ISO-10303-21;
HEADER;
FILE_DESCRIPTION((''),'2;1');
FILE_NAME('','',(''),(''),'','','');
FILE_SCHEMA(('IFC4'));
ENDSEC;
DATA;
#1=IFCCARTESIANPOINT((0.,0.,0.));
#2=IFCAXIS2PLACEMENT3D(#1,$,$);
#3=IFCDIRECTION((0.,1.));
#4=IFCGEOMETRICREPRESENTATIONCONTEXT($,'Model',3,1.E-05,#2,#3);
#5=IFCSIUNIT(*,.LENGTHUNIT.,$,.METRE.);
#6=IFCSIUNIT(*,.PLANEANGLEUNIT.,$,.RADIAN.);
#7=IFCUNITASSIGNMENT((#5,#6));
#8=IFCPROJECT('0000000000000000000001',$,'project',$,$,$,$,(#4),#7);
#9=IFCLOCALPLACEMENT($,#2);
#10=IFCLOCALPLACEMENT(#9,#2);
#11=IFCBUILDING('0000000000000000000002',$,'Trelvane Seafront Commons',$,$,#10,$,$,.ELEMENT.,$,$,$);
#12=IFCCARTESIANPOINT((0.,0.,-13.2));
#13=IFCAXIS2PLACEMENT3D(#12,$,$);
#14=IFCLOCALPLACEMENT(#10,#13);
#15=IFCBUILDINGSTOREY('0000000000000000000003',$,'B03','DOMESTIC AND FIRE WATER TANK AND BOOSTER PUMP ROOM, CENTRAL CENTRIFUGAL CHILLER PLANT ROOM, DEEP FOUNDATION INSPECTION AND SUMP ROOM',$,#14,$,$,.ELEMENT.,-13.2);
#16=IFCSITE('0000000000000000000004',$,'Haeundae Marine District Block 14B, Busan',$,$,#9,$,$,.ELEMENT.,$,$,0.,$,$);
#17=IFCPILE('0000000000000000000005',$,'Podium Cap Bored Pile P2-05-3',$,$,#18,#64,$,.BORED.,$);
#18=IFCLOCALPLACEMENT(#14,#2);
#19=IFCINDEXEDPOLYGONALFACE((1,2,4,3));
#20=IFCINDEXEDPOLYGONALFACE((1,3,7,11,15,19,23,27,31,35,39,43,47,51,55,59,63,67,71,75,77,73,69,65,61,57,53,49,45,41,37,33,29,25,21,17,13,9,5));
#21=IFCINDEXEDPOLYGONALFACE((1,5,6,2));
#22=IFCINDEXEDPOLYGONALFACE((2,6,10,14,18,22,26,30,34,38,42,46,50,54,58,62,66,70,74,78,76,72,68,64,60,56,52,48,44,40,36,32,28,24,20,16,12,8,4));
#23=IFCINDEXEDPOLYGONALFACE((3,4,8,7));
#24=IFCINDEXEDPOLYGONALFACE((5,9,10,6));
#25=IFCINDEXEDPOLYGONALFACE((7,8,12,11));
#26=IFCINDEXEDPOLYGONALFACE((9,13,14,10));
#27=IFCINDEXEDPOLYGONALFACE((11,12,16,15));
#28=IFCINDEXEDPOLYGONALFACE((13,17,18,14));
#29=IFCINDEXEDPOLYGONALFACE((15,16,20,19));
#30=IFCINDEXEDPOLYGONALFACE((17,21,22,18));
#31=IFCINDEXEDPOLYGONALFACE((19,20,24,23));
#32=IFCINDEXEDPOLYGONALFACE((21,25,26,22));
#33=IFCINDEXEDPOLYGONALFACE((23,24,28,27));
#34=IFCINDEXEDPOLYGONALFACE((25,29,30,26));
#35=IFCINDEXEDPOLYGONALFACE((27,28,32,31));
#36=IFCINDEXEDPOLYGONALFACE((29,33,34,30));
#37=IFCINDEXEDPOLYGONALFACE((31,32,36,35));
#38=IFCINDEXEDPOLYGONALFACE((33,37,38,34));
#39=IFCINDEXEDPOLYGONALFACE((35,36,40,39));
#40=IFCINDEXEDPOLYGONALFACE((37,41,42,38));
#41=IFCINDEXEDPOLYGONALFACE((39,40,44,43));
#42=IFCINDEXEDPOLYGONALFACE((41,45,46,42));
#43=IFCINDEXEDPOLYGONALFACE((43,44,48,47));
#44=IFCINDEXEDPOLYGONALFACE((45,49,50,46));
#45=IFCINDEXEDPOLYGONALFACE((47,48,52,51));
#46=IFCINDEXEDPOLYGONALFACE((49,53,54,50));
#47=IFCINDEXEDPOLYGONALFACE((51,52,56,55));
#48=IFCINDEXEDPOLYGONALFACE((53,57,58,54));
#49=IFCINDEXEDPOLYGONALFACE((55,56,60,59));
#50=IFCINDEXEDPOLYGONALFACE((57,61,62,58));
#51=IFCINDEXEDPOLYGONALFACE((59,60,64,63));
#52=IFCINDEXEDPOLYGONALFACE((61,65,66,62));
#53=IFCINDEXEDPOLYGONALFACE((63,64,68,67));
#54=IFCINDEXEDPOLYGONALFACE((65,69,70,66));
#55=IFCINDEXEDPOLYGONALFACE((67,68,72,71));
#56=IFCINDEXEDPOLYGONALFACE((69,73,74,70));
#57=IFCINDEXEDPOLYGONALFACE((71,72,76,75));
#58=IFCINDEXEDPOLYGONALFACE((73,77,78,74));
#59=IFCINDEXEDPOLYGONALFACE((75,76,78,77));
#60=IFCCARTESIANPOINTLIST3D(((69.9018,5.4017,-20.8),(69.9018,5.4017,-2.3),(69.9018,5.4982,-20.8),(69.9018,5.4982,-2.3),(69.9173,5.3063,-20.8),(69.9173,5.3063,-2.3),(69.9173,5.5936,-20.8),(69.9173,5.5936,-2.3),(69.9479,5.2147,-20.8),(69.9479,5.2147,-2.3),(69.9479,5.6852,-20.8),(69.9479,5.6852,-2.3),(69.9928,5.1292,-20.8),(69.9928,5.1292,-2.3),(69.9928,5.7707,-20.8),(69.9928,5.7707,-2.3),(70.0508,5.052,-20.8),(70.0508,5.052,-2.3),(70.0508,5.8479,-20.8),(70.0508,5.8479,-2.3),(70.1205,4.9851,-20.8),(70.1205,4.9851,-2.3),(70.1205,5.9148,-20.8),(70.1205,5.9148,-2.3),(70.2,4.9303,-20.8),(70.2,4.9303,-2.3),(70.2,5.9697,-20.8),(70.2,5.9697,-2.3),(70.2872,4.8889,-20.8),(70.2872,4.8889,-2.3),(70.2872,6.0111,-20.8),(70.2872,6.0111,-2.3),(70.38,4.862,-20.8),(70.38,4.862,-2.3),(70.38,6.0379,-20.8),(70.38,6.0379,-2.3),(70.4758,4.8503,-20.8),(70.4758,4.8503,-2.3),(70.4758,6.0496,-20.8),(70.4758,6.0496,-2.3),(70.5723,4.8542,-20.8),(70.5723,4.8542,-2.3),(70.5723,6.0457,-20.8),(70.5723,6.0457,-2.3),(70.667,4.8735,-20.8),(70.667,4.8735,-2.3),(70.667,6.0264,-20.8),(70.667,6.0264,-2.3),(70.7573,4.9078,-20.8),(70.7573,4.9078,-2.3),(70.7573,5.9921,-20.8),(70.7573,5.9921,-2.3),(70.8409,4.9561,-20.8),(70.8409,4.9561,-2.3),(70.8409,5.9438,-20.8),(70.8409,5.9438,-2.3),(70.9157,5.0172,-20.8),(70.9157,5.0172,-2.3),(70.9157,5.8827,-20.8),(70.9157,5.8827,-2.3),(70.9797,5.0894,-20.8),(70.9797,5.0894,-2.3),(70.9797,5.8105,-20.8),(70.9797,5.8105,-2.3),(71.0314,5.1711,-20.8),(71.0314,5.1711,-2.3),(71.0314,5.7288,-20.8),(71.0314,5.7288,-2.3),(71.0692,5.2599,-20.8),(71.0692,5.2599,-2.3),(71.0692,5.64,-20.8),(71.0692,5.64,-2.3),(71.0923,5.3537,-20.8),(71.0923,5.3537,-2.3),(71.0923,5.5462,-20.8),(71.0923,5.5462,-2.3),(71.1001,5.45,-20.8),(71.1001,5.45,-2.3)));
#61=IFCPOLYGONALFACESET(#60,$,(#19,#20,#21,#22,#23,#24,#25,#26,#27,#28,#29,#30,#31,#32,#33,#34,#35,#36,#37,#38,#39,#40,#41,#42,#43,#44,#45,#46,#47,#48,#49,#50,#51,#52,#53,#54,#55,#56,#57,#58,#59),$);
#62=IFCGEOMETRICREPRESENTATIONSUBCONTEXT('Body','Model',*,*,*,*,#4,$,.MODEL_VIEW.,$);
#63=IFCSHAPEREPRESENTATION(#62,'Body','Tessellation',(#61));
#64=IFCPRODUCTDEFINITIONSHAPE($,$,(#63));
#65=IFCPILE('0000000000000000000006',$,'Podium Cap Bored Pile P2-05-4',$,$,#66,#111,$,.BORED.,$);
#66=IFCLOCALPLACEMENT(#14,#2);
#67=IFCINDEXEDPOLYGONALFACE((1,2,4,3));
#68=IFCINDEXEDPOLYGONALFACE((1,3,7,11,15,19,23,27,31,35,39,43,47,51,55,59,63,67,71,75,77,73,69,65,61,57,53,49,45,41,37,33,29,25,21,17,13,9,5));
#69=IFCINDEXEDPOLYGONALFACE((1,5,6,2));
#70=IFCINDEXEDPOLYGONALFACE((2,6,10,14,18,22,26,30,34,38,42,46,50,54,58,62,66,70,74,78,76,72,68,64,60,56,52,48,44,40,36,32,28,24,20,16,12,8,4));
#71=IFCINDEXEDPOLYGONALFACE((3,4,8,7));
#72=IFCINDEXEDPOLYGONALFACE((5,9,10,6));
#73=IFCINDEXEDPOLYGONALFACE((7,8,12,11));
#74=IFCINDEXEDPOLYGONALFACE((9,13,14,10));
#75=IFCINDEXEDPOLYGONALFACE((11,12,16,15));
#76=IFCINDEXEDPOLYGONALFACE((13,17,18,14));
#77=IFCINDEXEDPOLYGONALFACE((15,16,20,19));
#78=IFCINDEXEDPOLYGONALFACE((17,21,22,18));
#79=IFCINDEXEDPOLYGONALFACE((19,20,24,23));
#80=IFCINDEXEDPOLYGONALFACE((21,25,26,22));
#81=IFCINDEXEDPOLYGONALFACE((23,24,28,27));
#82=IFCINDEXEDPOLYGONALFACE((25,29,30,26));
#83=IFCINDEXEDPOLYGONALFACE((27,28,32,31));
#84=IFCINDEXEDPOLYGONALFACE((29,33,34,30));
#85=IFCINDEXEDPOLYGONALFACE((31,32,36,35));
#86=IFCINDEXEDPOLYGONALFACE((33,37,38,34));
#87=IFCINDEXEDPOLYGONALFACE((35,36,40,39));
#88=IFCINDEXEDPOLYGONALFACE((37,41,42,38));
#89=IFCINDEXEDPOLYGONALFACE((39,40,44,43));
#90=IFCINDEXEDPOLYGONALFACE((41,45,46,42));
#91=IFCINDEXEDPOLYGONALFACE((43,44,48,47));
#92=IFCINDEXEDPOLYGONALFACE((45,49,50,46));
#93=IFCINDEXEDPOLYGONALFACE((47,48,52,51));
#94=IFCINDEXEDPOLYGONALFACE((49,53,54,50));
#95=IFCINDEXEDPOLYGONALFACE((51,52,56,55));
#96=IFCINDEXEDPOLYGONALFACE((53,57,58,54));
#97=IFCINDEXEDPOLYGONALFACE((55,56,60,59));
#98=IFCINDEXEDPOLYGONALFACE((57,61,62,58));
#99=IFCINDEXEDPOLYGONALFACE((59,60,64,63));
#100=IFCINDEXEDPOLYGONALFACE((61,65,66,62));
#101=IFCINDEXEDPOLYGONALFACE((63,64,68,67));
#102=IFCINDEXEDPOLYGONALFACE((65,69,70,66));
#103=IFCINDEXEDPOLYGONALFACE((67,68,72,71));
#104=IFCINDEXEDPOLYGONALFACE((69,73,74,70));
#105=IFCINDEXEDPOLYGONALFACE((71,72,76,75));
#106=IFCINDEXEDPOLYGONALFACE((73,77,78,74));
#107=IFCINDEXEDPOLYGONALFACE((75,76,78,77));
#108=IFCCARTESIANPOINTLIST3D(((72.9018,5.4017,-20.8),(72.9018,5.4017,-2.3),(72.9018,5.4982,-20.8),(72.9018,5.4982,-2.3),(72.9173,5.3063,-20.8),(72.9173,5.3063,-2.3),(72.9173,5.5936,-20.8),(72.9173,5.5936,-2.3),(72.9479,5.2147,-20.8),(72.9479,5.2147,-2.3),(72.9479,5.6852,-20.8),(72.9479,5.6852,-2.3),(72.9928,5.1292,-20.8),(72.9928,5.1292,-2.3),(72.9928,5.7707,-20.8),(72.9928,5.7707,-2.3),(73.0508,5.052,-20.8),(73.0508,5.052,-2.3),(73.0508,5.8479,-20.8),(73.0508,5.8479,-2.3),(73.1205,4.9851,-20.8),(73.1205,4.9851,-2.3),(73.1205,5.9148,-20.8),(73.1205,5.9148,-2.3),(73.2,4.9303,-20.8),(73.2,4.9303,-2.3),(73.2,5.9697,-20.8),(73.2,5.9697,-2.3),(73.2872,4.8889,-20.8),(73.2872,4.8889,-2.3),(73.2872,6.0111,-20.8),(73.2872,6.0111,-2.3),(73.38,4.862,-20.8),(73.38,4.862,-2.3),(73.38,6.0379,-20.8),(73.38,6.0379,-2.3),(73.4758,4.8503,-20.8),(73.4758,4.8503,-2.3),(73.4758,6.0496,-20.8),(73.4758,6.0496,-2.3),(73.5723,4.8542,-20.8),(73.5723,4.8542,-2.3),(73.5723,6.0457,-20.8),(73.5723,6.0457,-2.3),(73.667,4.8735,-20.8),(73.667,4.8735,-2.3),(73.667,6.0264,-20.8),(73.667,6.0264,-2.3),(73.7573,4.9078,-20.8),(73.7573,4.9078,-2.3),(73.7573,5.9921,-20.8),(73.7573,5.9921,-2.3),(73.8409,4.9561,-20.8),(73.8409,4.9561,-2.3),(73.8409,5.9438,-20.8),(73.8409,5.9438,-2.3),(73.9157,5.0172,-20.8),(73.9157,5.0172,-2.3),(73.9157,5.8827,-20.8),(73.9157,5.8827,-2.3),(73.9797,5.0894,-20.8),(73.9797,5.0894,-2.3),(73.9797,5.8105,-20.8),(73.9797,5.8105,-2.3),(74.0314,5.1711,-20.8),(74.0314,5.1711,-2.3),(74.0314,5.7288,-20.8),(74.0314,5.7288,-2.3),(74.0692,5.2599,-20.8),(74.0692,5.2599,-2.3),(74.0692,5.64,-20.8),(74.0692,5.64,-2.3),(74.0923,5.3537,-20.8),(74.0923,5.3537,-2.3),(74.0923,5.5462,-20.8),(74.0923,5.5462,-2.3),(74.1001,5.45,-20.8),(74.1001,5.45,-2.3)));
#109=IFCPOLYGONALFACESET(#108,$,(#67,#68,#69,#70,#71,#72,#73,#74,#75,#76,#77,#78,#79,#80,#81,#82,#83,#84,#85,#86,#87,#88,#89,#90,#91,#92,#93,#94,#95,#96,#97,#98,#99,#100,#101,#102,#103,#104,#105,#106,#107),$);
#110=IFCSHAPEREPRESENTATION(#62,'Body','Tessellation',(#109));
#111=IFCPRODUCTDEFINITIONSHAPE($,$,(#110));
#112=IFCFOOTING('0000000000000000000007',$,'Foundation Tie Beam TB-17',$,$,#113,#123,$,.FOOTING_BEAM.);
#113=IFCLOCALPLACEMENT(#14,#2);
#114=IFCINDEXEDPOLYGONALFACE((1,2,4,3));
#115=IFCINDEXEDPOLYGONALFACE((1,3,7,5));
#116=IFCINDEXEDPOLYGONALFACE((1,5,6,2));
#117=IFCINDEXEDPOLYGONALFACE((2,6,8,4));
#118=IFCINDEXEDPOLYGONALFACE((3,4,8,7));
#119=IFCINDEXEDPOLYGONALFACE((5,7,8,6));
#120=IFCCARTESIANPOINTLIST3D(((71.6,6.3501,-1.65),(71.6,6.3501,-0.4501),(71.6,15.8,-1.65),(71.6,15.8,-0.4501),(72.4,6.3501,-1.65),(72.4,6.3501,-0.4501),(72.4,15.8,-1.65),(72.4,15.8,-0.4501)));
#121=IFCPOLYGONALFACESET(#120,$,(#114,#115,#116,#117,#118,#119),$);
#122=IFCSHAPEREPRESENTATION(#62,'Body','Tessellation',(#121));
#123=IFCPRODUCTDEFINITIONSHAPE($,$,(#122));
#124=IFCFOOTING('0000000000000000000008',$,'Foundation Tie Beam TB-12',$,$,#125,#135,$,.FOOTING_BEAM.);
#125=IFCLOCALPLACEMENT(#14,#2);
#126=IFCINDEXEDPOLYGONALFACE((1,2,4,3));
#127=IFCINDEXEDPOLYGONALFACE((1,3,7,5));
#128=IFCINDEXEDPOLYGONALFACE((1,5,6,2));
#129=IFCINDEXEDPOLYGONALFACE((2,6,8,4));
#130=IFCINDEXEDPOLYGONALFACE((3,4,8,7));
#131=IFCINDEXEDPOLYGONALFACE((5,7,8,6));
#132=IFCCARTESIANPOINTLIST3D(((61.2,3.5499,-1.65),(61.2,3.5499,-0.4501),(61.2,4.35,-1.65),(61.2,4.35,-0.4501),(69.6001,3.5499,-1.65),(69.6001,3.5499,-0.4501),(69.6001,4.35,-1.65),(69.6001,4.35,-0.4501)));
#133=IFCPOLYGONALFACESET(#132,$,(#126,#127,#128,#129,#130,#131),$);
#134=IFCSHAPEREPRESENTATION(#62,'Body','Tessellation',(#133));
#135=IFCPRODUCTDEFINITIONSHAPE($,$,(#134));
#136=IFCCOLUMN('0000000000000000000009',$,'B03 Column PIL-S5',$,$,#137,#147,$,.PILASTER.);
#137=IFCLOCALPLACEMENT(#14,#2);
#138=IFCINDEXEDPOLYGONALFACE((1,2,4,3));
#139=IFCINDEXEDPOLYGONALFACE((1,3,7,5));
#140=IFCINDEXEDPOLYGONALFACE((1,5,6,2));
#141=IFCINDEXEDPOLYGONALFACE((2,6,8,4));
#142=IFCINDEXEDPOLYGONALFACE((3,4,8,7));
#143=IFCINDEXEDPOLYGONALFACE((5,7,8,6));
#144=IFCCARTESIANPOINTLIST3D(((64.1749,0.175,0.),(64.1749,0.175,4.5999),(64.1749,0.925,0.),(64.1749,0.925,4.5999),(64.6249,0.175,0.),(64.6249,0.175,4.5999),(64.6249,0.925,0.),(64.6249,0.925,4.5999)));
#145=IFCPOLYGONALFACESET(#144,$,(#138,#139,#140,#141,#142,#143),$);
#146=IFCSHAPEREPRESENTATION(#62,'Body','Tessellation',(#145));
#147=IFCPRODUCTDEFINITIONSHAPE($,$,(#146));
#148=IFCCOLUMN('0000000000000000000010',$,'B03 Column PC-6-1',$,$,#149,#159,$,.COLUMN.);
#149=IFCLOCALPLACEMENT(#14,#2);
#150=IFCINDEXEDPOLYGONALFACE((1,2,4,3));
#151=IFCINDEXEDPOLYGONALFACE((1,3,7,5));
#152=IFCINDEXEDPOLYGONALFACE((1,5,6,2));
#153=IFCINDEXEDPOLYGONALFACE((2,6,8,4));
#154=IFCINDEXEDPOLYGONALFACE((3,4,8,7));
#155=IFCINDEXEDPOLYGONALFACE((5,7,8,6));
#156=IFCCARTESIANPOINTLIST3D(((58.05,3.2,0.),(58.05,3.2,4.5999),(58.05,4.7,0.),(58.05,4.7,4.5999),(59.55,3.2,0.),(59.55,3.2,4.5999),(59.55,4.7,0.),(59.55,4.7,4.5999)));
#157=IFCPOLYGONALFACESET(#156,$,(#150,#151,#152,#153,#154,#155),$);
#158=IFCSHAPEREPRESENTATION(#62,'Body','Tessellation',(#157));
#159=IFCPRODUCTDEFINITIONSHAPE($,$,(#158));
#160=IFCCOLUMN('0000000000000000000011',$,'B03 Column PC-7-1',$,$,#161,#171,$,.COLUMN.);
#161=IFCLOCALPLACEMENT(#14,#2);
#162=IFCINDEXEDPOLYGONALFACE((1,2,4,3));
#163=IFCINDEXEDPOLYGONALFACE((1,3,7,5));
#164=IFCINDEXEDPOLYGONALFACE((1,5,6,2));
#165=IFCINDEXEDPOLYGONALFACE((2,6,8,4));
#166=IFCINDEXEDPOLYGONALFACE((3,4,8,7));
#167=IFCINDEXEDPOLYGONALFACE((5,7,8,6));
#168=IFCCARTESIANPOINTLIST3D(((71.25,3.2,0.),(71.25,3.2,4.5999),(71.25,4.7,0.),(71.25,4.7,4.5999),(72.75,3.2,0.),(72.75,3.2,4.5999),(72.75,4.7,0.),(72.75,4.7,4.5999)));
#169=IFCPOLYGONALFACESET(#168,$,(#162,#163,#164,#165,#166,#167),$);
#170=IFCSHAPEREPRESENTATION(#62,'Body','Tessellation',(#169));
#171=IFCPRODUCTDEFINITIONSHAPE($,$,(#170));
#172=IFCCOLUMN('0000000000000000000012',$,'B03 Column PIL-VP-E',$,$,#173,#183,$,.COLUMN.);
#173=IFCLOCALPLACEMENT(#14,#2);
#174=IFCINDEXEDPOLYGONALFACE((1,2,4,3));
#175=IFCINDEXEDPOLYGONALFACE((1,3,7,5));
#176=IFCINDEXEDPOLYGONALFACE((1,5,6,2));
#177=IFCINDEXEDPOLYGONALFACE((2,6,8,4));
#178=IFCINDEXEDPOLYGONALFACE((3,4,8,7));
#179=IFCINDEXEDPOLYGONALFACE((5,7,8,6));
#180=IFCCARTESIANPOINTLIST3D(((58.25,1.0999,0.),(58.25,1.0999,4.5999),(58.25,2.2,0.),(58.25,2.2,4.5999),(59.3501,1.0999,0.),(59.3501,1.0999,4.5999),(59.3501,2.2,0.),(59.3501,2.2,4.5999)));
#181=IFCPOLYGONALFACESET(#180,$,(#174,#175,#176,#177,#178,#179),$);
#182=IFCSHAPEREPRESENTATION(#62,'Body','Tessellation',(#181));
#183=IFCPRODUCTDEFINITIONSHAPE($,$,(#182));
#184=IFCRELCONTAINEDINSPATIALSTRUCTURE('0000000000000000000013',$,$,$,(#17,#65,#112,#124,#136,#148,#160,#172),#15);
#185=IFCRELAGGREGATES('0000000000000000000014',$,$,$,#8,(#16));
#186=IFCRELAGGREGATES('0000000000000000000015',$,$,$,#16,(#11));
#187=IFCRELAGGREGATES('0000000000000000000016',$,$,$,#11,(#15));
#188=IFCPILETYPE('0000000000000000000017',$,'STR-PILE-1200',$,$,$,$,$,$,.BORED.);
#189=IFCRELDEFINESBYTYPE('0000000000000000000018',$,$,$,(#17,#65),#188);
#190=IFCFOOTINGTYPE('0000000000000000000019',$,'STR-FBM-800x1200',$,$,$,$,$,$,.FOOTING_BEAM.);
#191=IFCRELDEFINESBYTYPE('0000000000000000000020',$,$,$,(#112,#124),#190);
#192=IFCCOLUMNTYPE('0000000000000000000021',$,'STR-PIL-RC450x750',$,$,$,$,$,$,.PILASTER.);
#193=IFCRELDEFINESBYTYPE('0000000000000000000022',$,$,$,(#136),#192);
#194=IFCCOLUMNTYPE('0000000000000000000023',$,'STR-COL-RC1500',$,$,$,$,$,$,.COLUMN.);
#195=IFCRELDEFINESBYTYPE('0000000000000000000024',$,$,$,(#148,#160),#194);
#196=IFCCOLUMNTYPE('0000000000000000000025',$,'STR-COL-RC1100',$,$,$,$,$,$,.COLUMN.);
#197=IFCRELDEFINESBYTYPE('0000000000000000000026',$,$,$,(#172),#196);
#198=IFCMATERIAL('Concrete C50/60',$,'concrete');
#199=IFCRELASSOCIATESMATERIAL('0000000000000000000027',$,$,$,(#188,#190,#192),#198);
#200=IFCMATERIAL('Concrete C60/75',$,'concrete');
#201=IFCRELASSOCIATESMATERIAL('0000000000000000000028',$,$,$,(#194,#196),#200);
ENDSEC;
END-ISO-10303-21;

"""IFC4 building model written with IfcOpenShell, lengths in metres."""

from ifc_helpers import new_model, si_unit, direction, frame, origin, origin_2d, place, context, subcontext, project, spatial, rectangle, circle, extrude, source, transform, mapped, material, material_profile, profile_set, type_object, element, save


model = new_model("IFC4")

# Units and contexts
model_context = context("Model", 3, precision=1e-05, world=origin(), true_north=direction((0.0, 1.0)))
body_context = subcontext(model_context, "Body", "Model", "MODEL_VIEW")
ifc_project = project(units=[si_unit("LENGTHUNIT", "METRE"), si_unit("PLANEANGLEUNIT", "RADIAN")], contexts=[model_context])

# Site, building, storey
site_placement = place(None, origin())
site = spatial("IfcSite", under=ifc_project, at=site_placement, Name="Haeundae Marine District Block 14B, Busan", CompositionType="ELEMENT", RefElevation=0.0)
building_placement = place(site_placement, origin())
building = spatial("IfcBuilding", under=site, at=building_placement, Name="Trelvane Seafront Commons", CompositionType="ELEMENT")
storey_placement = place(building_placement, frame((0.0, 0.0, -13.2)))
storey = spatial("IfcBuildingStorey", under=building, at=storey_placement, Name="B03", Description="DOMESTIC AND FIRE WATER TANK AND BOOSTER PUMP ROOM, CENTRAL CENTRIFUGAL CHILLER PLANT ROOM, DEEP FOUNDATION INSPECTION AND SUMP ROOM", CompositionType="ELEMENT", Elevation=-13.2)

# Piles
ifc_material_1 = material(Name="Concrete C50/60", Category="concrete")
ifc_material_profile_1 = material_profile(ifc_material_1, circle(Radius=0.6001, at=origin_2d()), Name="PILE-1200")
ifc_profile_set_1 = profile_set([ifc_material_profile_1], Name="Concrete C50/60")
pile_type_1 = type_object("IfcPileType", Name="STR-PILE-1200", PredefinedType="BORED", material=ifc_profile_set_1)
shared_shape_1 = source(origin(), body_context, "Body", "SweptSolid", [
    extrude(circle(Radius=0.6001, at=origin_2d()), origin(), (0.0, 0.0, 1.0), 18.5),
])
for number, where, z_axis, x_axis, name in (
    (1, (70.5, 5.45, -2.3), (0.0, 0.0, -1.0), (1.0, 0.0, 0.0), "Podium Cap Bored Pile P2-05-3"),
    (2, (73.5, 5.45, -2.3), (0.0, 0.0, -1.0), (1.0, 0.0, 0.0), "Podium Cap Bored Pile P2-05-4"),
):
    element("IfcPile", number, at=place(storey_placement, frame(where, z_axis=z_axis, x_axis=x_axis)), inside=storey, type_object=pile_type_1, Name=name, PredefinedType="BORED", context=body_context, shape_type="MappedRepresentation", body=[
        mapped(shared_shape_1, transform((0.0, 0.0, 0.0), x_axis=(1.0, 0.0, 0.0), y_axis=(0.0, 1.0, 0.0), z_axis=(0.0, 0.0, 1.0), scale=1.0)),
    ])

# Footings
ifc_material_profile_2 = material_profile(ifc_material_1, rectangle(XDim=0.8, YDim=1.2, at=origin_2d()), Name="TB-800x1200")
ifc_profile_set_2 = profile_set([ifc_material_profile_2], Name="Concrete C50/60")
footing_type = type_object("IfcFootingType", Name="STR-FBM-800x1200", PredefinedType="FOOTING_BEAM", material=ifc_profile_set_2)
shared_shape_2 = source(origin(), body_context, "Body", "SweptSolid", [
    extrude(rectangle(XDim=0.8, YDim=1.2, at=origin_2d()), origin(), (0.0, 0.0, 1.0), 9.45),
])
footing_1_placement = place(storey_placement, frame((72.0, 6.3501, -1.05), z_axis=(0.0, 1.0, 0.0), x_axis=(-1.0, 0.0, 0.0)))
element("IfcFooting", 3, at=footing_1_placement, inside=storey, type_object=footing_type, Name="Foundation Tie Beam TB-17", PredefinedType="FOOTING_BEAM", context=body_context, shape_type="MappedRepresentation", body=[
    mapped(shared_shape_2, transform((0.0, 0.0, 0.0), x_axis=(1.0, 0.0, 0.0), y_axis=(0.0, 1.0, 0.0), z_axis=(0.0, 0.0, 1.0), scale=1.0)),
])
shared_shape_3 = source(origin(), body_context, "Body", "SweptSolid", [
    extrude(rectangle(XDim=0.8, YDim=1.2, at=origin_2d()), origin(), (0.0, 0.0, 1.0), 8.4001),
])
footing_2_placement = place(storey_placement, frame((61.2, 3.95, -1.05), z_axis=(1.0, 0.0, 0.0), x_axis=(0.0, 1.0, 0.0)))
element("IfcFooting", 4, at=footing_2_placement, inside=storey, type_object=footing_type, Name="Foundation Tie Beam TB-12", PredefinedType="FOOTING_BEAM", context=body_context, shape_type="MappedRepresentation", body=[
    mapped(shared_shape_3, transform((0.0, 0.0, 0.0), x_axis=(1.0, 0.0, 0.0), y_axis=(0.0, 1.0, 0.0), z_axis=(0.0, 0.0, 1.0), scale=1.0)),
])

# Columns
ifc_material_profile_3 = material_profile(ifc_material_1, rectangle(XDim=0.45, YDim=0.75, at=origin_2d()), Name="RC-450x750")
ifc_profile_set_3 = profile_set([ifc_material_profile_3], Name="Concrete C50/60")
column_type_1 = type_object("IfcColumnType", Name="STR-PIL-RC450x750", PredefinedType="PILASTER", material=ifc_profile_set_3)
shared_shape_4 = source(origin(), body_context, "Body", "SweptSolid", [
    extrude(rectangle(XDim=0.45, YDim=0.75, at=origin_2d()), origin(), (0.0, 0.0, 1.0), 4.5999),
])
column_1_placement = place(storey_placement, frame((64.3999, 0.55, 0.0), z_axis=(0.0, 0.0, 1.0), x_axis=(1.0, 0.0, 0.0)))
element("IfcColumn", 5, at=column_1_placement, inside=storey, type_object=column_type_1, Name="B03 Column PIL-S5", PredefinedType="PILASTER", context=body_context, shape_type="MappedRepresentation", body=[
    mapped(shared_shape_4, transform((0.0, 0.0, 0.0), x_axis=(1.0, 0.0, 0.0), y_axis=(0.0, 1.0, 0.0), z_axis=(0.0, 0.0, 1.0), scale=1.0)),
])
ifc_material_2 = material(Name="Concrete C60/75", Category="concrete")
ifc_material_profile_4 = material_profile(ifc_material_2, rectangle(XDim=1.5, YDim=1.5, at=origin_2d()), Name="RC-1500x1500")
ifc_profile_set_4 = profile_set([ifc_material_profile_4], Name="Concrete C60/75")
column_type_2 = type_object("IfcColumnType", Name="STR-COL-RC1500", PredefinedType="COLUMN", material=ifc_profile_set_4)
shared_shape_5 = source(origin(), body_context, "Body", "SweptSolid", [
    extrude(rectangle(XDim=1.5, YDim=1.5, at=origin_2d()), origin(), (0.0, 0.0, 1.0), 4.5999),
])
for number, where, z_axis, x_axis, name in (
    (6, (58.8, 3.95, 0.0), (0.0, 0.0, 1.0), (1.0, 0.0, 0.0), "B03 Column PC-6-1"),
    (7, (72.0, 3.95, 0.0), (0.0, 0.0, 1.0), (1.0, 0.0, 0.0), "B03 Column PC-7-1"),
):
    element("IfcColumn", number, at=place(storey_placement, frame(where, z_axis=z_axis, x_axis=x_axis)), inside=storey, type_object=column_type_2, Name=name, PredefinedType="COLUMN", context=body_context, shape_type="MappedRepresentation", body=[
        mapped(shared_shape_5, transform((0.0, 0.0, 0.0), x_axis=(1.0, 0.0, 0.0), y_axis=(0.0, 1.0, 0.0), z_axis=(0.0, 0.0, 1.0), scale=1.0)),
    ])
ifc_material_profile_5 = material_profile(ifc_material_2, rectangle(XDim=1.1001, YDim=1.1001, at=origin_2d()), Name="RC-1100x1100")
ifc_profile_set_5 = profile_set([ifc_material_profile_5], Name="Concrete C60/75")
column_type_3 = type_object("IfcColumnType", Name="STR-COL-RC1100", PredefinedType="COLUMN", material=ifc_profile_set_5)
shared_shape_6 = source(origin(), body_context, "Body", "SweptSolid", [
    extrude(rectangle(XDim=1.1001, YDim=1.1001, at=origin_2d()), origin(), (0.0, 0.0, 1.0), 4.5999),
])
column_2_placement = place(storey_placement, frame((58.8, 1.6499, 0.0), z_axis=(0.0, 0.0, 1.0), x_axis=(1.0, 0.0, 0.0)))
element("IfcColumn", 8, at=column_2_placement, inside=storey, type_object=column_type_3, Name="B03 Column PIL-VP-E", PredefinedType="COLUMN", context=body_context, shape_type="MappedRepresentation", body=[
    mapped(shared_shape_6, transform((0.0, 0.0, 0.0), x_axis=(1.0, 0.0, 0.0), y_axis=(0.0, 1.0, 0.0), z_axis=(0.0, 0.0, 1.0), scale=1.0)),
])

save(model, "model.ifc")
